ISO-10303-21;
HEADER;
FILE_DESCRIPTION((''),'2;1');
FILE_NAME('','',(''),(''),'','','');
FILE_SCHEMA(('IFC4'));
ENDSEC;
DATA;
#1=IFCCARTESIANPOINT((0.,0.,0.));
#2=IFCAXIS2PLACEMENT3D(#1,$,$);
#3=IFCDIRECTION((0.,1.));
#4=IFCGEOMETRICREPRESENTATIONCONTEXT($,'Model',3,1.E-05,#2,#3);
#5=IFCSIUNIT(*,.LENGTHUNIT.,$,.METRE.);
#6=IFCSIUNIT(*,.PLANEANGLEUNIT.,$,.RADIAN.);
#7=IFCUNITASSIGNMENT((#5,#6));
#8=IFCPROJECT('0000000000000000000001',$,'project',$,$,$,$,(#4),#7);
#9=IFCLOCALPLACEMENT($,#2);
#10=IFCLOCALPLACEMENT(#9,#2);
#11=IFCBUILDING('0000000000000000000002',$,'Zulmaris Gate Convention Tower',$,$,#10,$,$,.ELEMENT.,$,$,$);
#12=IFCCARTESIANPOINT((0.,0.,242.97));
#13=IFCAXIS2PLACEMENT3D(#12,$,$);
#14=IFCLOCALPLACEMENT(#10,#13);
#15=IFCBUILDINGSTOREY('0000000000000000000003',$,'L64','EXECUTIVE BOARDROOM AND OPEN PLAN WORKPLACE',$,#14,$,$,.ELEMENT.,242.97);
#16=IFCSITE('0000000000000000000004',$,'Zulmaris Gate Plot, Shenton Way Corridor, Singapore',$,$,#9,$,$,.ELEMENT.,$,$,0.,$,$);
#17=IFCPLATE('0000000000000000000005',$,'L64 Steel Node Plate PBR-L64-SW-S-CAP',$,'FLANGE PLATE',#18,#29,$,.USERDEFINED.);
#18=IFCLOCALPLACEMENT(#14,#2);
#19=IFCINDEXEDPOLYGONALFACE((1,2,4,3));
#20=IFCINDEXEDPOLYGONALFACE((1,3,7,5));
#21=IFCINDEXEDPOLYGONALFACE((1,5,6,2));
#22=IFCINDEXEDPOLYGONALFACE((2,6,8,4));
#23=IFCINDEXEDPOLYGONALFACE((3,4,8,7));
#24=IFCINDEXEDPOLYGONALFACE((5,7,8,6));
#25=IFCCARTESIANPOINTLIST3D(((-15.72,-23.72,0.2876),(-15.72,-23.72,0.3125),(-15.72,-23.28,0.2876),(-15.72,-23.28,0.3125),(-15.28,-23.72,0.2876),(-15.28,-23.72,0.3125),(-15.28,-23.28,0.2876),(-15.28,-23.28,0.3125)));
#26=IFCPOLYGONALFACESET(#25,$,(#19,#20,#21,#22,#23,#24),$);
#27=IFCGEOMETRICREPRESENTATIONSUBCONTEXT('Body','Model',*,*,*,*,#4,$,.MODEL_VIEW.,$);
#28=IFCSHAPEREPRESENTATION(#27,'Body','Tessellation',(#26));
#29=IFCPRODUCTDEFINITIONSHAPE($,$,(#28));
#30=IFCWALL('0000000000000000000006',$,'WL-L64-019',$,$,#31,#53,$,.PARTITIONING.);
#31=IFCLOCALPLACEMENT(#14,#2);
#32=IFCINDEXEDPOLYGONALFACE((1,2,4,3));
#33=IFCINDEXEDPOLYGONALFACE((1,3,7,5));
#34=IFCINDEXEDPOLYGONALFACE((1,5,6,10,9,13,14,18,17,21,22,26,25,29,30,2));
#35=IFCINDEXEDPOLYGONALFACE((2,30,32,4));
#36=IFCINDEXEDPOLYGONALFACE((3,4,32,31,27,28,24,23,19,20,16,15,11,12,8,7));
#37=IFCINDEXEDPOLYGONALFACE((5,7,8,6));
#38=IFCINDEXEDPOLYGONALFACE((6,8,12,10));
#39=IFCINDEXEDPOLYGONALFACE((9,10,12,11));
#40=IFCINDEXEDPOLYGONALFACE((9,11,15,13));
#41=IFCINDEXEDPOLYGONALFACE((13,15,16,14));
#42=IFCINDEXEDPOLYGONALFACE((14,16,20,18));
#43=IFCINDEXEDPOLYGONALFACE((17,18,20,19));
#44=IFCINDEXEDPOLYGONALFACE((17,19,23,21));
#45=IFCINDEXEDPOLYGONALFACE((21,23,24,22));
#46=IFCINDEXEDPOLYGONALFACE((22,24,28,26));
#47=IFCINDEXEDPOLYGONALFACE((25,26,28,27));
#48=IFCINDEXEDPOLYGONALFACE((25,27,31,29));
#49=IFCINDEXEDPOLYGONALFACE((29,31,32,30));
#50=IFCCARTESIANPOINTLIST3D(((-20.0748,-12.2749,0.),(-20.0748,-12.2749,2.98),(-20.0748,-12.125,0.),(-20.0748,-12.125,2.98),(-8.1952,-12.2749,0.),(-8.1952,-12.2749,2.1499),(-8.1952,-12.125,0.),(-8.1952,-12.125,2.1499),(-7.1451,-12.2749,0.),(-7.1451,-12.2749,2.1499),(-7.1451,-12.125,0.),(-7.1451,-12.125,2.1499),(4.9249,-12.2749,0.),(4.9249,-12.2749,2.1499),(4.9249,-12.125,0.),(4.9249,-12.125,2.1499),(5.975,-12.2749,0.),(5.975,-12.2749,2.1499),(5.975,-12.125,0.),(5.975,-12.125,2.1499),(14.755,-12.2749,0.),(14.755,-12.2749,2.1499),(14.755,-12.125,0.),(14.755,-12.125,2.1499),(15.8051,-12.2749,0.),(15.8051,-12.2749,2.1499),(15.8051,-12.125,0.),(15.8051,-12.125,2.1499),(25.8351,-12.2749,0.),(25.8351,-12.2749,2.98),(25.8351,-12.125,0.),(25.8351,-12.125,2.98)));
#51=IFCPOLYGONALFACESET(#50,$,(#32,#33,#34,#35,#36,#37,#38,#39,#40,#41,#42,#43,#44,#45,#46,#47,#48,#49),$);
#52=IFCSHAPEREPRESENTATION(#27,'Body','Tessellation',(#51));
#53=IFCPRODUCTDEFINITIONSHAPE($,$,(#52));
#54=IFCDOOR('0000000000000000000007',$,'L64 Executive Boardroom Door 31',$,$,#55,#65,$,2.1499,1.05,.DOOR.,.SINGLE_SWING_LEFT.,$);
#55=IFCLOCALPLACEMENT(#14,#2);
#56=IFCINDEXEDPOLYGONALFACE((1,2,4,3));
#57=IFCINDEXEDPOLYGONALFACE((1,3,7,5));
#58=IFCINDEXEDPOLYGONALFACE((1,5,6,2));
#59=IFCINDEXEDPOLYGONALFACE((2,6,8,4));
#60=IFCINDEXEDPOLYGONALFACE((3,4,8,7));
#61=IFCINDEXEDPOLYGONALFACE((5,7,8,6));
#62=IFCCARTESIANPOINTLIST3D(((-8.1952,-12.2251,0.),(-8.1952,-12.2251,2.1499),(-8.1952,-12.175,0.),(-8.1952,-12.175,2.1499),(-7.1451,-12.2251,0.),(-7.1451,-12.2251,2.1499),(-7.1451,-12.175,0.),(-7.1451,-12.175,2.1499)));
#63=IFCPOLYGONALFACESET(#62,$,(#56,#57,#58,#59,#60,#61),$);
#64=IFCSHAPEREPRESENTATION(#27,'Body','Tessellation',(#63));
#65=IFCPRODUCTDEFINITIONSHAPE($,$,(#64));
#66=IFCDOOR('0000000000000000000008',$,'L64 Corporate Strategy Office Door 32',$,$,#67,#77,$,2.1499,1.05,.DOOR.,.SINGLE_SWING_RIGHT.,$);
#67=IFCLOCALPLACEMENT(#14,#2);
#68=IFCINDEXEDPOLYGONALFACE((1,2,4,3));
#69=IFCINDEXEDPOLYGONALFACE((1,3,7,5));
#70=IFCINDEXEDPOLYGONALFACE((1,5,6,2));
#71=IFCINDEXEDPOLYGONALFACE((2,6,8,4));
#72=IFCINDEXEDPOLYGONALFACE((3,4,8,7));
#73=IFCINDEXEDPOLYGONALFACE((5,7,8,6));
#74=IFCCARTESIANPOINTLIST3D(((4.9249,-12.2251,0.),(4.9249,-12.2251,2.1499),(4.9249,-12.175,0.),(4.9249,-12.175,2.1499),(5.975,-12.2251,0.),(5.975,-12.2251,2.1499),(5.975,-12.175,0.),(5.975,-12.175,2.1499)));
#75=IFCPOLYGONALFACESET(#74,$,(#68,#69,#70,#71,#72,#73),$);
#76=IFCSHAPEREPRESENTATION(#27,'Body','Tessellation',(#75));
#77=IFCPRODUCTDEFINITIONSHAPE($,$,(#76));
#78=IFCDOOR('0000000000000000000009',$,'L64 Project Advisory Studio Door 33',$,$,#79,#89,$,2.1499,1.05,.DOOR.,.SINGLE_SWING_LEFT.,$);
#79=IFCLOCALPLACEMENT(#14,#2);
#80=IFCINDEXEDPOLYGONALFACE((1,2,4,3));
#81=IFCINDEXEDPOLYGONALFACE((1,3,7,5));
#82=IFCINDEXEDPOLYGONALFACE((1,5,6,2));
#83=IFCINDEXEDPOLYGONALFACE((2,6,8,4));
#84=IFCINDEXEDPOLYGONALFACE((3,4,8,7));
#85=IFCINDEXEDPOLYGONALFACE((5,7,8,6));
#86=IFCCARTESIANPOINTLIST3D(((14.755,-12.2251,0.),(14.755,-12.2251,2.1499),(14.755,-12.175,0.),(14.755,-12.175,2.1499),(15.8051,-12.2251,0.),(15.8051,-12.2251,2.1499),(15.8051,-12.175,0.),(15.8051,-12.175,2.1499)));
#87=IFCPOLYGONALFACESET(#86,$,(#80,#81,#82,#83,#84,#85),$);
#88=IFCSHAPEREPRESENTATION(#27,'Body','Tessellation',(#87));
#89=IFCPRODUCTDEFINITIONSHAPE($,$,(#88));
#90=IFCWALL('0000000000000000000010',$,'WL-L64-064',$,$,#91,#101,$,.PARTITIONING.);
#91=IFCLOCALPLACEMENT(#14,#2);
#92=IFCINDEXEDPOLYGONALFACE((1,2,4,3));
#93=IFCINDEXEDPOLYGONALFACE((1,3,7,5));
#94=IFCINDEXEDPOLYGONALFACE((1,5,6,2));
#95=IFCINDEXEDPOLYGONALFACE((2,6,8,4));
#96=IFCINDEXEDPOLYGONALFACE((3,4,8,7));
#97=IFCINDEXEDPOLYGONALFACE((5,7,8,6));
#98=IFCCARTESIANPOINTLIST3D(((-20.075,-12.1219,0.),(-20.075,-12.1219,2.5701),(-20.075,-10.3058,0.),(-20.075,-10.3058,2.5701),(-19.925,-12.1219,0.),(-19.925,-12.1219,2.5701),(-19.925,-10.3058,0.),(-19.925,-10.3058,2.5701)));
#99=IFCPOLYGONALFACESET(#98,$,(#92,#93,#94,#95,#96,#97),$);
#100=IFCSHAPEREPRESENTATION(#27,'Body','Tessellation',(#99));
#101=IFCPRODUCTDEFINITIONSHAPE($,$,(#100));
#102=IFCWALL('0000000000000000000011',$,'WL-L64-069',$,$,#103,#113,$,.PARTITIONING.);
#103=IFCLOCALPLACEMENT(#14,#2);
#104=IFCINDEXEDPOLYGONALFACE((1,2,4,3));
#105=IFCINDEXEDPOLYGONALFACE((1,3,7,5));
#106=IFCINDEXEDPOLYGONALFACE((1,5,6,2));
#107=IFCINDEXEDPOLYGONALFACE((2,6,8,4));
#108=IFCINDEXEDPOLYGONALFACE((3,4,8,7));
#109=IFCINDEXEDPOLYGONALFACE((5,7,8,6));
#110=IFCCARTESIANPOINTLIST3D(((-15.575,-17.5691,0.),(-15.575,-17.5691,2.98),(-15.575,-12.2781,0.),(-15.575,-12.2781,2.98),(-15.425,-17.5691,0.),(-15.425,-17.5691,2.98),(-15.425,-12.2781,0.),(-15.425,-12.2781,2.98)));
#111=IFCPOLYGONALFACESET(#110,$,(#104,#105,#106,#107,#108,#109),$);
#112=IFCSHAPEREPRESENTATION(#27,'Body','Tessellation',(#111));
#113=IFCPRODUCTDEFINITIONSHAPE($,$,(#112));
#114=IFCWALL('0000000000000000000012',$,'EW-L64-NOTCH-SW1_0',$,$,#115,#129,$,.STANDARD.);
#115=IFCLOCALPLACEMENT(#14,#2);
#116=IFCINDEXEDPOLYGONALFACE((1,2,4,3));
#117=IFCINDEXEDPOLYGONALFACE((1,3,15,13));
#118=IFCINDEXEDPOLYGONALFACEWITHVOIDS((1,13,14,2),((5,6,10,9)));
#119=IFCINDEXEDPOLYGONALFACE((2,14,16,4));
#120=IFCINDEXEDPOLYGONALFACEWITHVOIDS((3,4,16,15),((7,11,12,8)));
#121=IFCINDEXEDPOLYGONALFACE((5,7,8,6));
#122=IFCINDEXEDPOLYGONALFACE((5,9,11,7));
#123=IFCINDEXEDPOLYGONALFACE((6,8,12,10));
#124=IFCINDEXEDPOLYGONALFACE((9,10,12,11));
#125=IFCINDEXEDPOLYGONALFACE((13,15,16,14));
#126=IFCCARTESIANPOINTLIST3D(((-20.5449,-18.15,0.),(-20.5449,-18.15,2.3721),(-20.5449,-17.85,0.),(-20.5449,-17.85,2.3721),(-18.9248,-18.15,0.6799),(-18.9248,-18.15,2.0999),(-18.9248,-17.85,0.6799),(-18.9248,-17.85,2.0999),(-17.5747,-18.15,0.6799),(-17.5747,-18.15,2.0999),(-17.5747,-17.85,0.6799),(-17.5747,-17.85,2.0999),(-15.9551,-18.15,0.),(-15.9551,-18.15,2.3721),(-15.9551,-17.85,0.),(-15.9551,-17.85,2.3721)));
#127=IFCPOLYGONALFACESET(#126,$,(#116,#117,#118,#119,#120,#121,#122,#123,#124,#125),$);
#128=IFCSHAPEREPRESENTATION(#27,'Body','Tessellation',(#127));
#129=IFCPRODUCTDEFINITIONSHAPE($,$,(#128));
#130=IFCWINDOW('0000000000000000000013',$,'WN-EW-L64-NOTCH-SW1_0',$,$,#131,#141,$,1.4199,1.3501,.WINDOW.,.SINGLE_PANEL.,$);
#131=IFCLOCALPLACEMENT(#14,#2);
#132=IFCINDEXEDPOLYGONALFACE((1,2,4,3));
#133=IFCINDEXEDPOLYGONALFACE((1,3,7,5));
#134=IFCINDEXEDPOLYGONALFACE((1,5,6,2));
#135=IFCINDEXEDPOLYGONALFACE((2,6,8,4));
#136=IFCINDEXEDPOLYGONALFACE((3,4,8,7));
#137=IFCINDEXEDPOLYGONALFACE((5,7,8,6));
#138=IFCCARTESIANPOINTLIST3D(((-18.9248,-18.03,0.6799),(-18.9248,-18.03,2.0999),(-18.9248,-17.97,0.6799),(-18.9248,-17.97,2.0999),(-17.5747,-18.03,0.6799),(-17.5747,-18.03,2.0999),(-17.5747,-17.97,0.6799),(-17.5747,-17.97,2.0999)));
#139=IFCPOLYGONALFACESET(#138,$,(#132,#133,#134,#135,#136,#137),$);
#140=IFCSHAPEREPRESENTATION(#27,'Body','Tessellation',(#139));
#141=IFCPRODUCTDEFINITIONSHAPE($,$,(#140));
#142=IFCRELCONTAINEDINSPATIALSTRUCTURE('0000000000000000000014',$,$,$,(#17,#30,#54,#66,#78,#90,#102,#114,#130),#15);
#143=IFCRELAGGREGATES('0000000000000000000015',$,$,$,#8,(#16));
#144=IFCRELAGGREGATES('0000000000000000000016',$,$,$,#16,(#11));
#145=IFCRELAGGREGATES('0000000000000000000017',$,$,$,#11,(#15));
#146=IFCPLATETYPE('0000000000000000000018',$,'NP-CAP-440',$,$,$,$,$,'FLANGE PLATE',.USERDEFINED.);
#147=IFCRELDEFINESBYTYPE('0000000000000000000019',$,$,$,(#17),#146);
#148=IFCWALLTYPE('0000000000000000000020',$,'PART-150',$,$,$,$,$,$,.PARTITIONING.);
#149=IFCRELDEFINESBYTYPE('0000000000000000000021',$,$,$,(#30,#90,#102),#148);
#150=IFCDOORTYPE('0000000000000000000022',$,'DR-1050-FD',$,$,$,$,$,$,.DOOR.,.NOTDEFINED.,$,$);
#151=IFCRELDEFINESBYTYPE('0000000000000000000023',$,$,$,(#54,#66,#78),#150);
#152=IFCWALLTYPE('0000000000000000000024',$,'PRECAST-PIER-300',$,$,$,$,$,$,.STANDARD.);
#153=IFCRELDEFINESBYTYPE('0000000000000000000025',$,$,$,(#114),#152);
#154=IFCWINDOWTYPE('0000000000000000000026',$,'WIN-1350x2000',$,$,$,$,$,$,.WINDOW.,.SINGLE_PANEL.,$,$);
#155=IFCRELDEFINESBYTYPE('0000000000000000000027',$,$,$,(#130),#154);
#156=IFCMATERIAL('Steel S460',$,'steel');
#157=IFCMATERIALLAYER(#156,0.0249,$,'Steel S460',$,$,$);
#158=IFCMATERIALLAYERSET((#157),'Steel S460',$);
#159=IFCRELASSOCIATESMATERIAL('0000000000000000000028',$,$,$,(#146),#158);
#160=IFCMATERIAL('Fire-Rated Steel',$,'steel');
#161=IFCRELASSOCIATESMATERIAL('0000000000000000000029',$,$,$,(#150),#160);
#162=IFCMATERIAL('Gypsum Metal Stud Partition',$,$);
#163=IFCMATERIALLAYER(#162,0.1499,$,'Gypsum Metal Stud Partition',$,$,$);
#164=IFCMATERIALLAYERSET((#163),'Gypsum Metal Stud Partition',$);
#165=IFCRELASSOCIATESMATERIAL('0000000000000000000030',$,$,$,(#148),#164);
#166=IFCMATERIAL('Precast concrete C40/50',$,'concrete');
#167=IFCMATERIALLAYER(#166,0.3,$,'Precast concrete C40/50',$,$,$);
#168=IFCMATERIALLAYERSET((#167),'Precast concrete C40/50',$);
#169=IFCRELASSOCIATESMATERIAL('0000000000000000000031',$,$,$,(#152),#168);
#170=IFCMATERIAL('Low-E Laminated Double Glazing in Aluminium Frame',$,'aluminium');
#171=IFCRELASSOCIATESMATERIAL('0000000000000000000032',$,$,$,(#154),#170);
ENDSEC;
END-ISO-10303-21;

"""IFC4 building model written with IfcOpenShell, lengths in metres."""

from ifc_helpers import new_model, si_unit, direction, frame, frame_2d, origin, origin_2d, place, context, subcontext, project, spatial, rectangle, extrude, material, layer, layer_set, type_object, element, fill, save


model = new_model("IFC4")

# Units and contexts
model_context = context("Model", 3, precision=1e-05, world=origin(), true_north=direction((0.0, 1.0)))
body_context = subcontext(model_context, "Body", "Model", "MODEL_VIEW")
ifc_project = project(units=[si_unit("LENGTHUNIT", "METRE"), si_unit("PLANEANGLEUNIT", "RADIAN")], contexts=[model_context])

# Site, building, storey
site_placement = place(None, origin())
site = spatial("IfcSite", under=ifc_project, at=site_placement, Name="Zulmaris Gate Plot, Shenton Way Corridor, Singapore", CompositionType="ELEMENT", RefElevation=0.0)
building_placement = place(site_placement, origin())
building = spatial("IfcBuilding", under=site, at=building_placement, Name="Zulmaris Gate Convention Tower", CompositionType="ELEMENT")
storey_placement = place(building_placement, frame((0.0, 0.0, 242.97)))
storey = spatial("IfcBuildingStorey", under=building, at=storey_placement, Name="L64", Description="EXECUTIVE BOARDROOM AND OPEN PLAN WORKPLACE", CompositionType="ELEMENT", Elevation=242.97)

# Plate
ifc_material_1 = material(Name="Steel S460", Category="steel")
ifc_layer_1 = layer(ifc_material_1, 0.0249, Name="Steel S460")
ifc_layer_set_1 = layer_set([ifc_layer_1], Name="Steel S460")
plate_type = type_object("IfcPlateType", Name="NP-CAP-440", ElementType="FLANGE PLATE", PredefinedType="USERDEFINED", material=ifc_layer_set_1)
for number, where, z_axis, x_axis, name in (
    (1, (-15.5, -23.5, 0.2876), (0.0, 0.0, 1.0), (1.0, 0.0, 0.0), "L64 Steel Node Plate PBR-L64-SW-S-CAP"),
):
    element("IfcPlate", number, at=place(storey_placement, frame(where, z_axis=z_axis, x_axis=x_axis)), inside=storey, type_object=plate_type, Name=name, ObjectType="FLANGE PLATE", PredefinedType="USERDEFINED", context=body_context, shape_type="SweptSolid", body=[
        extrude(rectangle(XDim=0.4399, YDim=0.4399, at=origin_2d()), origin(), (0.0, 0.0, 1.0), 0.0249),
    ])

# Shared definitions
ifc_material_2 = material(Name="Fire-Rated Steel", Category="steel")
door_type = type_object("IfcDoorType", Name="DR-1050-FD", OperationType="NOTDEFINED", PredefinedType="DOOR", material=ifc_material_2)

# Wall, openings, doors
ifc_material_3 = material(Name="Gypsum Metal Stud Partition")
ifc_layer_2 = layer(ifc_material_3, 0.1499, Name="Gypsum Metal Stud Partition")
ifc_layer_set_2 = layer_set([ifc_layer_2], Name="Gypsum Metal Stud Partition")
wall_type_1 = type_object("IfcWallType", Name="PART-150", PredefinedType="PARTITIONING", material=ifc_layer_set_2)
wall_1_placement = place(storey_placement, frame((-20.075, -12.2, 0.0), z_axis=(0.0, 0.0, 1.0), x_axis=(1.0, 0.0, 0.0)))
wall_1 = element("IfcWall", 2, at=wall_1_placement, inside=storey, type_object=wall_type_1, Name="WL-L64-019", PredefinedType="PARTITIONING", context=body_context, shape_type="SweptSolid", body=[
    extrude(rectangle(XDim=45.9099, YDim=0.1499, at=frame_2d((22.9551, 0.0))), origin(), (0.0, 0.0, 1.0), 2.98),
])
opening_1_placement = place(wall_1_placement, frame((11.8799, 0.0, 0.0)))
opening_1 = element("IfcOpeningElement", 3, at=opening_1_placement, cuts=wall_1, PredefinedType="OPENING", context=body_context, shape_type="SweptSolid", body=[
    extrude(rectangle(XDim=1.05, YDim=2.1499, at=frame_2d((0.5249, 1.075))), frame((0.0, 0.085, 0.0), z_axis=(0.0, -1.0, 0.0), x_axis=(1.0, 0.0, 0.0)), (0.0, 0.0, 1.0), 0.1699),
])
opening_2_placement = place(wall_1_placement, frame((25.0, 0.0, 0.0)))
opening_2 = element("IfcOpeningElement", 4, at=opening_2_placement, cuts=wall_1, PredefinedType="OPENING", context=body_context, shape_type="SweptSolid", body=[
    extrude(rectangle(XDim=1.05, YDim=2.1499, at=frame_2d((0.5249, 1.075))), frame((0.0, 0.085, 0.0), z_axis=(0.0, -1.0, 0.0), x_axis=(1.0, 0.0, 0.0)), (0.0, 0.0, 1.0), 0.1699),
])
opening_3_placement = place(wall_1_placement, frame((34.8301, 0.0, 0.0)))
opening_3 = element("IfcOpeningElement", 5, at=opening_3_placement, cuts=wall_1, PredefinedType="OPENING", context=body_context, shape_type="SweptSolid", body=[
    extrude(rectangle(XDim=1.05, YDim=2.1499, at=frame_2d((0.5249, 1.075))), frame((0.0, 0.085, 0.0), z_axis=(0.0, -1.0, 0.0), x_axis=(1.0, 0.0, 0.0)), (0.0, 0.0, 1.0), 0.1699),
])
door_1_placement = place(opening_1_placement, origin())
door_1 = element("IfcDoor", 6, at=door_1_placement, inside=storey, type_object=door_type, Name="L64 Executive Boardroom Door 31", OperationType="SINGLE_SWING_LEFT", OverallHeight=2.1499, OverallWidth=1.05, PredefinedType="DOOR", context=body_context, shape_type="SweptSolid", body=[
    extrude(rectangle(XDim=1.05, YDim=2.1499, at=frame_2d((0.5249, 1.075))), frame((0.0, 0.0249, 0.0), z_axis=(0.0, -1.0, 0.0), x_axis=(1.0, 0.0, 0.0)), (0.0, 0.0, 1.0), 0.05),
])
fill(opening_1, door_1)
door_2_placement = place(opening_2_placement, origin())
door_2 = element("IfcDoor", 7, at=door_2_placement, inside=storey, type_object=door_type, Name="L64 Corporate Strategy Office Door 32", OperationType="SINGLE_SWING_RIGHT", OverallHeight=2.1499, OverallWidth=1.05, PredefinedType="DOOR", context=body_context, shape_type="SweptSolid", body=[
    extrude(rectangle(XDim=1.05, YDim=2.1499, at=frame_2d((0.5249, 1.075))), frame((0.0, 0.0249, 0.0), z_axis=(0.0, -1.0, 0.0), x_axis=(1.0, 0.0, 0.0)), (0.0, 0.0, 1.0), 0.05),
])
fill(opening_2, door_2)
door_3_placement = place(opening_3_placement, origin())
door_3 = element("IfcDoor", 8, at=door_3_placement, inside=storey, type_object=door_type, Name="L64 Project Advisory Studio Door 33", OperationType="SINGLE_SWING_LEFT", OverallHeight=2.1499, OverallWidth=1.05, PredefinedType="DOOR", context=body_context, shape_type="SweptSolid", body=[
    extrude(rectangle(XDim=1.05, YDim=2.1499, at=frame_2d((0.5249, 1.075))), frame((0.0, 0.0249, 0.0), z_axis=(0.0, -1.0, 0.0), x_axis=(1.0, 0.0, 0.0)), (0.0, 0.0, 1.0), 0.05),
])
fill(opening_3, door_3)

# Walls
wall_2_placement = place(storey_placement, frame((-20.0, -12.1221, 0.0), z_axis=(0.0, 0.0, 1.0), x_axis=(0.0, 1.0, 0.0)))
element("IfcWall", 9, at=wall_2_placement, inside=storey, type_object=wall_type_1, Name="WL-L64-064", PredefinedType="PARTITIONING", context=body_context, shape_type="SweptSolid", body=[
    extrude(rectangle(XDim=1.8162, YDim=0.1499, at=frame_2d((0.9082, 0.0))), origin(), (0.0, 0.0, 1.0), 2.5701),
])
wall_3_placement = place(storey_placement, frame((-15.5, -17.5691, 0.0), z_axis=(0.0, 0.0, 1.0), x_axis=(0.0, 1.0, 0.0)))
element("IfcWall", 10, at=wall_3_placement, inside=storey, type_object=wall_type_1, Name="WL-L64-069", PredefinedType="PARTITIONING", context=body_context, shape_type="SweptSolid", body=[
    extrude(rectangle(XDim=5.291, YDim=0.1499, at=frame_2d((2.6455, 0.0))), origin(), (0.0, 0.0, 1.0), 2.98),
])

# Wall, opening, window
ifc_material_4 = material(Name="Precast concrete C40/50", Category="concrete")
ifc_layer_3 = layer(ifc_material_4, 0.3, Name="Precast concrete C40/50")
ifc_layer_set_3 = layer_set([ifc_layer_3], Name="Precast concrete C40/50")
wall_type_2 = type_object("IfcWallType", Name="PRECAST-PIER-300", PredefinedType="STANDARD", material=ifc_layer_set_3)
wall_4_placement = place(storey_placement, frame((-20.5449, -18.0, 0.0), z_axis=(0.0, 0.0, 1.0), x_axis=(1.0, 0.0, 0.0)))
wall_4 = element("IfcWall", 11, at=wall_4_placement, inside=storey, type_object=wall_type_2, Name="EW-L64-NOTCH-SW1_0", PredefinedType="STANDARD", context=body_context, shape_type="SweptSolid", body=[
    extrude(rectangle(XDim=4.5898, YDim=0.3, at=frame_2d((2.2949, 0.0))), origin(), (0.0, 0.0, 1.0), 2.3721),
])
opening_4_placement = place(wall_4_placement, frame((1.6201, 0.0, 0.6799)))
opening_4 = element("IfcOpeningElement", 12, at=opening_4_placement, cuts=wall_4, PredefinedType="OPENING", context=body_context, shape_type="SweptSolid", body=[
    extrude(rectangle(XDim=1.3501, YDim=1.4199, at=frame_2d((0.675, 0.71))), frame((0.0, 0.1602, 0.0), z_axis=(0.0, -1.0, 0.0), x_axis=(1.0, 0.0, 0.0)), (0.0, 0.0, 1.0), 0.3201),
])
ifc_material_5 = material(Name="Low-E Laminated Double Glazing in Aluminium Frame", Category="aluminium")
window_type = type_object("IfcWindowType", Name="WIN-1350x2000", PartitioningType="SINGLE_PANEL", PredefinedType="WINDOW", material=ifc_material_5)
window_1_placement = place(opening_4_placement, origin())
window_1 = element("IfcWindow", 13, at=window_1_placement, inside=storey, type_object=window_type, Name="WN-EW-L64-NOTCH-SW1_0", OverallHeight=1.4199, OverallWidth=1.3501, PartitioningType="SINGLE_PANEL", PredefinedType="WINDOW", context=body_context, shape_type="SweptSolid", body=[
    extrude(rectangle(XDim=1.3501, YDim=1.4199, at=frame_2d((0.675, 0.71))), frame((0.0, 0.03, 0.0), z_axis=(0.0, -1.0, 0.0), x_axis=(1.0, 0.0, 0.0)), (0.0, 0.0, 1.0), 0.0601),
])
fill(opening_4, window_1)

save(model, "model.ifc")
